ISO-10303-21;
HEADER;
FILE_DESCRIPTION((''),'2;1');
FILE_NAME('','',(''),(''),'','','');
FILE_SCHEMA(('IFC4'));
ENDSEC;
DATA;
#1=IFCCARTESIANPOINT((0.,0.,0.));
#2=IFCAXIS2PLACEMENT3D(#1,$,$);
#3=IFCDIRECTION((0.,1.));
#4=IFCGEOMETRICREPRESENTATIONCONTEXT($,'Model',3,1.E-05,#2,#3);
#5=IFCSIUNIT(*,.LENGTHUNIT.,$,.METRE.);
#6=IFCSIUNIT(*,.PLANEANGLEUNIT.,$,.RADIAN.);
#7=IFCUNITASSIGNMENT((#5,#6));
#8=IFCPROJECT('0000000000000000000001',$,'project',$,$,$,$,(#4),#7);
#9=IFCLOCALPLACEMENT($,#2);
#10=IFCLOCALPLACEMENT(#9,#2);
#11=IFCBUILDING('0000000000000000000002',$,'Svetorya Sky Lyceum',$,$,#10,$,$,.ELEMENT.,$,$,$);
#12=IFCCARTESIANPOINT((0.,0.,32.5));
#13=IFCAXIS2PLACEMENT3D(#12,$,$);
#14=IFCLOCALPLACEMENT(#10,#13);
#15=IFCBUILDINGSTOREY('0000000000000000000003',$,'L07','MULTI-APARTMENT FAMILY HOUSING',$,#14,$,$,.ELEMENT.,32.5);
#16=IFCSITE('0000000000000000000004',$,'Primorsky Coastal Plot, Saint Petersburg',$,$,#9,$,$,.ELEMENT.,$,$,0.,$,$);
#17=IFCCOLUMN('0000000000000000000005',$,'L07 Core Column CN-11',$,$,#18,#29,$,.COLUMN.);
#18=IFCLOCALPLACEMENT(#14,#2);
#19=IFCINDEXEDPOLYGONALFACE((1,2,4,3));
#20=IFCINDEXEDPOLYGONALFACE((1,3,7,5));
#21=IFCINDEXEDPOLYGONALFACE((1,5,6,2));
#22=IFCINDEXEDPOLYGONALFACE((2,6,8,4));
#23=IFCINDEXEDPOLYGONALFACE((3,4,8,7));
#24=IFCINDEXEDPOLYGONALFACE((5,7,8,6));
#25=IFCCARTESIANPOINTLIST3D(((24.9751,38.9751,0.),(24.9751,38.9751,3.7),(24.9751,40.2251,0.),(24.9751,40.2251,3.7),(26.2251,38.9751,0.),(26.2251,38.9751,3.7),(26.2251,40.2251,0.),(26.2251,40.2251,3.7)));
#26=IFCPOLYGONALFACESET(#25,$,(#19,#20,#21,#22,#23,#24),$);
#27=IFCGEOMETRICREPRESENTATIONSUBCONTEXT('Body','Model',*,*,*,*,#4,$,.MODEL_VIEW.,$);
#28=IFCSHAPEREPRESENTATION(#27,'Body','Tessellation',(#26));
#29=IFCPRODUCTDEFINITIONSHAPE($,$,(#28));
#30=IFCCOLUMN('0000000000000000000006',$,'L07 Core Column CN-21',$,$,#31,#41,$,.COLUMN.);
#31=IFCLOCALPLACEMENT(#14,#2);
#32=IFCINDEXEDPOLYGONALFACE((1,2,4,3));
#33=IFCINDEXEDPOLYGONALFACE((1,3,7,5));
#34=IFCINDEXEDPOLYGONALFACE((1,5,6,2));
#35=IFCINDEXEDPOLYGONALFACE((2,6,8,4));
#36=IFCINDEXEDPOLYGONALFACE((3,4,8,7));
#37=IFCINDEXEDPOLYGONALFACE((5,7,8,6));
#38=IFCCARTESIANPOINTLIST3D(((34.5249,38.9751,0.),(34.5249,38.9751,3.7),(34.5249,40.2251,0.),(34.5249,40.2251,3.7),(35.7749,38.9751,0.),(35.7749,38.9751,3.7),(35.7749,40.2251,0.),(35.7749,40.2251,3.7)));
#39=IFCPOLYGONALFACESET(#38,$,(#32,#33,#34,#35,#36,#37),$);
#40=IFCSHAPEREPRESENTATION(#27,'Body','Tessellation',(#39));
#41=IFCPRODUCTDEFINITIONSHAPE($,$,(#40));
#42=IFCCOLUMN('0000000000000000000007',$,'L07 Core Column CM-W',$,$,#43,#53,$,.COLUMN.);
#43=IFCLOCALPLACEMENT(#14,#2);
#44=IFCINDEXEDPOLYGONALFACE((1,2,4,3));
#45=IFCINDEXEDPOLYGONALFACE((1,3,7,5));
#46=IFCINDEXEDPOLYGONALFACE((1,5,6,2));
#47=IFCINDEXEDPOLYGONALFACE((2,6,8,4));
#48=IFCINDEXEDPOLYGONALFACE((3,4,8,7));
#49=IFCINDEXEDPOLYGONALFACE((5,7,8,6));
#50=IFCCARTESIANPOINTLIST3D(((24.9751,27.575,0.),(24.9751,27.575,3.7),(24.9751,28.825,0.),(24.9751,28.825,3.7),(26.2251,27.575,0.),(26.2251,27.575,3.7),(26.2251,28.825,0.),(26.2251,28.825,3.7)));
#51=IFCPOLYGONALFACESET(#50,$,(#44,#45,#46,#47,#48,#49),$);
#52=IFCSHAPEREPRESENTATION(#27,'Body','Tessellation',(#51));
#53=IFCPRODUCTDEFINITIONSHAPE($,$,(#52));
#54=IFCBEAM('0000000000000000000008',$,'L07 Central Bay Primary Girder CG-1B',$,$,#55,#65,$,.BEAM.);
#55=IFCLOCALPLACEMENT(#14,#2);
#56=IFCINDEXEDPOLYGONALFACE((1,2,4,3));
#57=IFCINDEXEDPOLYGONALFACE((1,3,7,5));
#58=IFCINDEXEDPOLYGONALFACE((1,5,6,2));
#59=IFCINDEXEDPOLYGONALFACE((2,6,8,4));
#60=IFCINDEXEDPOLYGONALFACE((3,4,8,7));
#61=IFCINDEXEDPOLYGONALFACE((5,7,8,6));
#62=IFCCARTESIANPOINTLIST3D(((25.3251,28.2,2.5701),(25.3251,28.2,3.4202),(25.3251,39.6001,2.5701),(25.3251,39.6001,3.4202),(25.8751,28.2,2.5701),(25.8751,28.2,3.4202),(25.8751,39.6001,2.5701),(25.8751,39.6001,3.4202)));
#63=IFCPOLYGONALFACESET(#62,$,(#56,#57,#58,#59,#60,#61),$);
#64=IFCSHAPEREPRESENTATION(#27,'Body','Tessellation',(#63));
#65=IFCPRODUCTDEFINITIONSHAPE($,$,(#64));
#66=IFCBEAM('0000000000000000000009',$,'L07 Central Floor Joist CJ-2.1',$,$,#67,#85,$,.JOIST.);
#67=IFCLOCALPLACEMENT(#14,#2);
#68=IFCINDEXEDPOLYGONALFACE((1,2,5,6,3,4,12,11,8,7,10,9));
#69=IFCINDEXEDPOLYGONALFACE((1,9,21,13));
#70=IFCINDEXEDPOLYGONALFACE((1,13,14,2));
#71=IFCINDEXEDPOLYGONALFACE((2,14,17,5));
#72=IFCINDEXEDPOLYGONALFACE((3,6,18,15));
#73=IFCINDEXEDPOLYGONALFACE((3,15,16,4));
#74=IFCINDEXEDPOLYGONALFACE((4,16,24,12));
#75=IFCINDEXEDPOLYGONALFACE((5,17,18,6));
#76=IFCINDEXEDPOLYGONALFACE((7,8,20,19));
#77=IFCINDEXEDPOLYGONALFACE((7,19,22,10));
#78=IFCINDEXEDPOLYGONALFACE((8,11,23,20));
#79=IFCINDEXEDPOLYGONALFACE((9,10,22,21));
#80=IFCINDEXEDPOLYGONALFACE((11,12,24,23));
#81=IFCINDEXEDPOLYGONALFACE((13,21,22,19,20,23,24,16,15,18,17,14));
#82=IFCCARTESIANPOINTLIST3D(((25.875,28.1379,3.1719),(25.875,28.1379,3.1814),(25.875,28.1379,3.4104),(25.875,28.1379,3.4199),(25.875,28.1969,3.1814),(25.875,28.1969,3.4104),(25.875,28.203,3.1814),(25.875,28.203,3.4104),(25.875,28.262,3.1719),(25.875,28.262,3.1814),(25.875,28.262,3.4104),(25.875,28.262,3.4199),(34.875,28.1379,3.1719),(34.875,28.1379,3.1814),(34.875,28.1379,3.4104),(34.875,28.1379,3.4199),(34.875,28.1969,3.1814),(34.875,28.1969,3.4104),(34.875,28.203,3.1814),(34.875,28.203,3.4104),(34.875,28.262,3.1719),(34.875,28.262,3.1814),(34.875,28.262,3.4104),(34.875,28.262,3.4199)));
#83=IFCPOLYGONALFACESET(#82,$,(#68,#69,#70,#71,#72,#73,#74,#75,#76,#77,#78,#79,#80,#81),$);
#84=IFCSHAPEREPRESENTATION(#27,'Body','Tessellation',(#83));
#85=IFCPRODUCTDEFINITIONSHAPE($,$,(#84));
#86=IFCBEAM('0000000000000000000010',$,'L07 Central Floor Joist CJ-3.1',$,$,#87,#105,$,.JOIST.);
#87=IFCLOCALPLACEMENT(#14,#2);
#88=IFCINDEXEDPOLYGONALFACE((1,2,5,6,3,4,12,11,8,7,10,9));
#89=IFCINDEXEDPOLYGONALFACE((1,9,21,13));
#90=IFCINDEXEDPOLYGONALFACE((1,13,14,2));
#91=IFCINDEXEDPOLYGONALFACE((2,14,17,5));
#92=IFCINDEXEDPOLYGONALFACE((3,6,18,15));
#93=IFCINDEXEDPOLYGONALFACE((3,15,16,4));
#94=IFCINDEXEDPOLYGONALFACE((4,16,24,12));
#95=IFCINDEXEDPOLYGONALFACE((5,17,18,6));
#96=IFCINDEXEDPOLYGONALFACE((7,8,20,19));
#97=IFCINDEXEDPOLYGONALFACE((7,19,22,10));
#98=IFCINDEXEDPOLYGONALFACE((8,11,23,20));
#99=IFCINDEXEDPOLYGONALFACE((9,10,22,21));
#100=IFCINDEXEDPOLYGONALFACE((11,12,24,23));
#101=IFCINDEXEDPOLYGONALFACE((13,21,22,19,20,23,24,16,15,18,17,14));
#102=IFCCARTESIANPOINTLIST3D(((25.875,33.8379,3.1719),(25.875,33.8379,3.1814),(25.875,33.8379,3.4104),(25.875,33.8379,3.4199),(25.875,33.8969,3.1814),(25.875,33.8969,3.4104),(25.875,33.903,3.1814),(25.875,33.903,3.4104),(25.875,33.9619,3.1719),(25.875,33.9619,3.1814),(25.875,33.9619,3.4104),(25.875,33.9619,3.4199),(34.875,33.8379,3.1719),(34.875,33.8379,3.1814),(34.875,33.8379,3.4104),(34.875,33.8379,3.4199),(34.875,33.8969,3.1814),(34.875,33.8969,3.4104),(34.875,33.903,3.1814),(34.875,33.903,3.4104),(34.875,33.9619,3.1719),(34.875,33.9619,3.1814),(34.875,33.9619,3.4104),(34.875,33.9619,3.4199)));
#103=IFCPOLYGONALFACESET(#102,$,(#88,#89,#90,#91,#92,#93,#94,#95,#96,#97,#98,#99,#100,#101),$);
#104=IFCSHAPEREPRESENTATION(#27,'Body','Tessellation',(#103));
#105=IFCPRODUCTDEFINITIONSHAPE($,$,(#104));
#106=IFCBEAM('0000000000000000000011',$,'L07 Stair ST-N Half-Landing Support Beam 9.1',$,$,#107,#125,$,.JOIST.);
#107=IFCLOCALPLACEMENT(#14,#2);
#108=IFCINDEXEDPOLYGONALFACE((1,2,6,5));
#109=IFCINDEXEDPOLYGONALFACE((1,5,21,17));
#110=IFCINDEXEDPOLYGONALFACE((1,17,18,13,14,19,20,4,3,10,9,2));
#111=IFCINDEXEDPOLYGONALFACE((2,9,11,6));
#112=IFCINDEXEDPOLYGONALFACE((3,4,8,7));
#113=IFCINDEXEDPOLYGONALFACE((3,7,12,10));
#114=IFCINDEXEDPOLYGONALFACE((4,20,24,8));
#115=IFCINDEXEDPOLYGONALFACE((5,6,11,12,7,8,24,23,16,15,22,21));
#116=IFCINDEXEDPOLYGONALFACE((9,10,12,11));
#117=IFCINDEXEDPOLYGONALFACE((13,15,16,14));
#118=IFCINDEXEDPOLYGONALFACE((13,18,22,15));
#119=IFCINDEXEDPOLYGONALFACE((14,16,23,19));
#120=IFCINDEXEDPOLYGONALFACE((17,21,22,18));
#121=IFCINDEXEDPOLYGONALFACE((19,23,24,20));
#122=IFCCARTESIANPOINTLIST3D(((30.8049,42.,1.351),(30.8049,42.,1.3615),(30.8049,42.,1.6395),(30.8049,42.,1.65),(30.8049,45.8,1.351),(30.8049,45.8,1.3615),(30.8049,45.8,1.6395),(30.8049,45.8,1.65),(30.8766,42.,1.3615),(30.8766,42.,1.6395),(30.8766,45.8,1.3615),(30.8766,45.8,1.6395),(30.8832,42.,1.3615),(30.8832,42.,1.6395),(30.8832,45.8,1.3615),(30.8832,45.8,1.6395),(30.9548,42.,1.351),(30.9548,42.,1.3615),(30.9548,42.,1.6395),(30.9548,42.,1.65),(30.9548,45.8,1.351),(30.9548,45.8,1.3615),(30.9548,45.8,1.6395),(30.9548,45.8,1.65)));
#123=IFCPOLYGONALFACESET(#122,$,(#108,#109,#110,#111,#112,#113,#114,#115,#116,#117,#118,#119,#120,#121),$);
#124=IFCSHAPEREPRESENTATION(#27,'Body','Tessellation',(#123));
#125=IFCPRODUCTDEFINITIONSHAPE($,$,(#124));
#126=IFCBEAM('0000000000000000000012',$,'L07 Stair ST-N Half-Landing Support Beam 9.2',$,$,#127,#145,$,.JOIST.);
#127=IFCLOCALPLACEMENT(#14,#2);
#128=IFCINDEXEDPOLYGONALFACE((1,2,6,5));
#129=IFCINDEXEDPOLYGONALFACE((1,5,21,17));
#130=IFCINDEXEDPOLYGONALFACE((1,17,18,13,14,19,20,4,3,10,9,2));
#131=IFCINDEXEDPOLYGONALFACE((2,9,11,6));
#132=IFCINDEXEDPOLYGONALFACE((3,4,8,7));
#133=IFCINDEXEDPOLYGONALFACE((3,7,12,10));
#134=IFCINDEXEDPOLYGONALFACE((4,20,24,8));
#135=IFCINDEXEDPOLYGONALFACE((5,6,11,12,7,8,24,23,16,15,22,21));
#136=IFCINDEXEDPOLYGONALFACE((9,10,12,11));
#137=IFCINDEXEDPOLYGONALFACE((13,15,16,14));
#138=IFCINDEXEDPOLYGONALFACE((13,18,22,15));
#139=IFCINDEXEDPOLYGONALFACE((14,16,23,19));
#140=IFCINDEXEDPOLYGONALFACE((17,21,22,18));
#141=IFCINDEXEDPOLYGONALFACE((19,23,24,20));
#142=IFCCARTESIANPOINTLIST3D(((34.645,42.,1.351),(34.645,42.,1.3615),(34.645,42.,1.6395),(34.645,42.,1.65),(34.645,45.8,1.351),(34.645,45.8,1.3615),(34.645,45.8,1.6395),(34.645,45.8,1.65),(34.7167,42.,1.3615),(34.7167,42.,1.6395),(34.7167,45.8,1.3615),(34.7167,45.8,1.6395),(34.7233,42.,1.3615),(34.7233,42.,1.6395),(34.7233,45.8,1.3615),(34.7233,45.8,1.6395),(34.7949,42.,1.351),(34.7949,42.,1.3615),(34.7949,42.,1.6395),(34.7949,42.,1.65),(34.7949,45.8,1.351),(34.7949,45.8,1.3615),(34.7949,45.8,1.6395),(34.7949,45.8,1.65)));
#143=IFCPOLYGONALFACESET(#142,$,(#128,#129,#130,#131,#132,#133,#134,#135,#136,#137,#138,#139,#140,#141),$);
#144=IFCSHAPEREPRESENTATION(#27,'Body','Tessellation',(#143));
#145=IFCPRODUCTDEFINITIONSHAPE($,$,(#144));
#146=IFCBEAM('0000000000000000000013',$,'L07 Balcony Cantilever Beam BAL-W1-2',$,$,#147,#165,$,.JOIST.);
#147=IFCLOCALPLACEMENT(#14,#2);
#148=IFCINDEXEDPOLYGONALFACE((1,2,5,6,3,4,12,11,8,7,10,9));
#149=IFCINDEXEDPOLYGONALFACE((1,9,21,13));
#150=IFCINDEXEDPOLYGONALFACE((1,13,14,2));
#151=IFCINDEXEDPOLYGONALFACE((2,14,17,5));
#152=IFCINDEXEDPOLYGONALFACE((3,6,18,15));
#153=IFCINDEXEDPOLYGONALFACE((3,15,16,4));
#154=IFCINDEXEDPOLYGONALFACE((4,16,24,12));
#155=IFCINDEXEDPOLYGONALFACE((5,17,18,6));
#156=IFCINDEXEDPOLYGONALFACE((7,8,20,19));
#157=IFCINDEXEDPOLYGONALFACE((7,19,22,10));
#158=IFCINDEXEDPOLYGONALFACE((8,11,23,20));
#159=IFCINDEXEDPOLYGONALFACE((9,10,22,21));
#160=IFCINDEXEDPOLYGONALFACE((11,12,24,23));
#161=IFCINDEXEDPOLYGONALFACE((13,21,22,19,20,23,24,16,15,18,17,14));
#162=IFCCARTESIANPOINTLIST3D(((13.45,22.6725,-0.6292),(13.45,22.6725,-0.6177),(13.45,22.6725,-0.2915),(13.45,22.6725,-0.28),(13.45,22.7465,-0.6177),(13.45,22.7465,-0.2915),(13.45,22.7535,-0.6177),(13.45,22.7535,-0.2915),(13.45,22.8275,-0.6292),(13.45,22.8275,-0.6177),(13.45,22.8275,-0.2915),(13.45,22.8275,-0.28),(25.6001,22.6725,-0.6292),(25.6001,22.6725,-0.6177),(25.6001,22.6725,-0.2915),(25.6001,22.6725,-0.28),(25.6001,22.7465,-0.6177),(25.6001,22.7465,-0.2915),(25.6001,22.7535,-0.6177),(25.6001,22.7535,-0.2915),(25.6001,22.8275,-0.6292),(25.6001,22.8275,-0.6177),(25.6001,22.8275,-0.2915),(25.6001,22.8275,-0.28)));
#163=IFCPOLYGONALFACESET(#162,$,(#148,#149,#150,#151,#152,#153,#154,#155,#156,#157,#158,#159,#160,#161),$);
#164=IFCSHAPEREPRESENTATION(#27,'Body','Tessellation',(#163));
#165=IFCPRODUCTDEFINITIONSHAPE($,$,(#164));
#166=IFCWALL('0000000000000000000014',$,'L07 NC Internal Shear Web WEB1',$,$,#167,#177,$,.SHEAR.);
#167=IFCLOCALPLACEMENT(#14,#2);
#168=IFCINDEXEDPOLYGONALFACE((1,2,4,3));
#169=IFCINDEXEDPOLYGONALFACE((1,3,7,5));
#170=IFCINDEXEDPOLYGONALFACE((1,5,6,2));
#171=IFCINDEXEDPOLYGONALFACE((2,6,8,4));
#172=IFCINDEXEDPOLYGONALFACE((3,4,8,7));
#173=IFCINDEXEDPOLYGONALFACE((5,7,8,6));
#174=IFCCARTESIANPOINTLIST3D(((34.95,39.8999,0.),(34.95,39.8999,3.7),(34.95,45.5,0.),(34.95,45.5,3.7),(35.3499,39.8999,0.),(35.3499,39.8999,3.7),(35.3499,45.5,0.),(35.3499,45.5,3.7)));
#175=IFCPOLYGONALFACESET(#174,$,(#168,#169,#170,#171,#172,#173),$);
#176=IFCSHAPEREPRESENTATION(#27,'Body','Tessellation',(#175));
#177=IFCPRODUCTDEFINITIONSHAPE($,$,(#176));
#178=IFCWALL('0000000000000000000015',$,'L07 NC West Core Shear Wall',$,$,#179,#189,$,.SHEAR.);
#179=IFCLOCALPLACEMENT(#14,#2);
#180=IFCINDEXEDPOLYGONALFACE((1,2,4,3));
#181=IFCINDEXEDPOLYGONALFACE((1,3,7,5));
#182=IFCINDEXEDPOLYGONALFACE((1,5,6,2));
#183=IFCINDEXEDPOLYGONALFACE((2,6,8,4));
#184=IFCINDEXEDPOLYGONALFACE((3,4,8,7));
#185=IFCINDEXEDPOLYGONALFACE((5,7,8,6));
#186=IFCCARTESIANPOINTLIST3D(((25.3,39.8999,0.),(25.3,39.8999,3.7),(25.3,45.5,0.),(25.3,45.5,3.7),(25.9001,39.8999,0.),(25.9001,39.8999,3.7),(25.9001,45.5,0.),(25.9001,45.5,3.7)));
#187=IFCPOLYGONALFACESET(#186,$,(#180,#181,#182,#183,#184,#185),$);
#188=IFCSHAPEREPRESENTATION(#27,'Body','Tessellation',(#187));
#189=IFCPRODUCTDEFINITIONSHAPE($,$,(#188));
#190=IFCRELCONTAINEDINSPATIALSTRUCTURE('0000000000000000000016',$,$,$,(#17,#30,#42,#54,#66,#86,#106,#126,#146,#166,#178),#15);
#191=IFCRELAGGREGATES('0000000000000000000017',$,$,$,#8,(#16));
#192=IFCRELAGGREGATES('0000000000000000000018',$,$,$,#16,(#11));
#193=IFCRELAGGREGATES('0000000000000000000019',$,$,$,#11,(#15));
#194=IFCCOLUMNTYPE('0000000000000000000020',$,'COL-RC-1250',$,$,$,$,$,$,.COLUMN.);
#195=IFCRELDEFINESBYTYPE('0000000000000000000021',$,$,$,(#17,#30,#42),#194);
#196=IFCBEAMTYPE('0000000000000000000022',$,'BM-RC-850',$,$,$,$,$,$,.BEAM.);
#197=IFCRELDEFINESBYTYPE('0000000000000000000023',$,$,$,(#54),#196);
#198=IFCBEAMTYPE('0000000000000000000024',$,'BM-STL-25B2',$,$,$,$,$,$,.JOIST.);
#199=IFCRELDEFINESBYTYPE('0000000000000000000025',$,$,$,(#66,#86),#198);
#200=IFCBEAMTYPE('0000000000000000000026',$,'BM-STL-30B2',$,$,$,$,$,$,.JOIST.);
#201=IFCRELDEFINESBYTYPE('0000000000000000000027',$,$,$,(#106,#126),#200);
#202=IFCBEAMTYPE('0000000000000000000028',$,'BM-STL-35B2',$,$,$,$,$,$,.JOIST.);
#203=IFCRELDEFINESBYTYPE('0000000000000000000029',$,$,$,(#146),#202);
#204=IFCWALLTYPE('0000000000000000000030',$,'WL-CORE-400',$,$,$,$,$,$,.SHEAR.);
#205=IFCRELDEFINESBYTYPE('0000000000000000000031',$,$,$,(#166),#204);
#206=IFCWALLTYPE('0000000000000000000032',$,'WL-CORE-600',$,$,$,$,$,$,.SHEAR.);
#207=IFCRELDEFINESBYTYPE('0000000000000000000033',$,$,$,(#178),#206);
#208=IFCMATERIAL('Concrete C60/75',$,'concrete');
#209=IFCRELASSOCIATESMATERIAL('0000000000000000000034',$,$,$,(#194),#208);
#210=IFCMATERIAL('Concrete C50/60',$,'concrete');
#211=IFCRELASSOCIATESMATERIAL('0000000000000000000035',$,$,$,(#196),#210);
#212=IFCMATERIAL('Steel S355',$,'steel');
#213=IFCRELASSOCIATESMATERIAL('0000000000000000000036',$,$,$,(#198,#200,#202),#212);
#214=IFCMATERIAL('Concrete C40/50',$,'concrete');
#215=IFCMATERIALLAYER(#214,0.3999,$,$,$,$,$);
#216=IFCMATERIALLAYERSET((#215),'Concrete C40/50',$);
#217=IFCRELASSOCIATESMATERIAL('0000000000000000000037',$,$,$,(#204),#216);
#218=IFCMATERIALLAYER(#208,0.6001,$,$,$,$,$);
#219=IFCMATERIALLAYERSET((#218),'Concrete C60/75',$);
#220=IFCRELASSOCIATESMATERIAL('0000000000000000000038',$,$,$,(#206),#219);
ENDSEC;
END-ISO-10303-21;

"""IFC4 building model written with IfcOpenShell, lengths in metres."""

from ifc_helpers import new_model, si_unit, direction, frame, frame_2d, origin, origin_2d, place, context, subcontext, project, spatial, rectangle, i_section, extrude, material, layer, layer_set, material_profile, profile_set, type_object, element, save


model = new_model("IFC4")

# Units and contexts
model_context = context("Model", 3, precision=1e-05, world=origin(), true_north=direction((0.0, 1.0)))
body_context = subcontext(model_context, "Body", "Model", "MODEL_VIEW")
ifc_project = project(units=[si_unit("LENGTHUNIT", "METRE"), si_unit("PLANEANGLEUNIT", "RADIAN")], contexts=[model_context])

# Site, building, storey
site_placement = place(None, origin())
site = spatial("IfcSite", under=ifc_project, at=site_placement, Name="Primorsky Coastal Plot, Saint Petersburg", CompositionType="ELEMENT", RefElevation=0.0)
building_placement = place(site_placement, origin())
building = spatial("IfcBuilding", under=site, at=building_placement, Name="Svetorya Sky Lyceum", CompositionType="ELEMENT")
storey_placement = place(building_placement, frame((0.0, 0.0, 32.5)))
storey = spatial("IfcBuildingStorey", under=building, at=storey_placement, Name="L07", Description="MULTI-APARTMENT FAMILY HOUSING", CompositionType="ELEMENT", Elevation=32.5)

# Columns
ifc_material_1 = material(Name="Concrete C60/75", Category="concrete")
ifc_material_profile_1 = material_profile(ifc_material_1, rectangle(XDim=1.25, YDim=1.25, at=origin_2d()), Name="RC COL 1250x1250")
ifc_profile_set_1 = profile_set([ifc_material_profile_1], Name="Concrete C60/75")
column_type = type_object("IfcColumnType", Name="COL-RC-1250", PredefinedType="COLUMN", material=ifc_profile_set_1)
for number, where, z_axis, x_axis, name in (
    (1, (25.6001, 39.6001, 0.0), (0.0, 0.0, 1.0), (1.0, 0.0, 0.0), "L07 Core Column CN-11"),
    (2, (35.1499, 39.6001, 0.0), (0.0, 0.0, 1.0), (1.0, 0.0, 0.0), "L07 Core Column CN-21"),
    (3, (25.6001, 28.2, 0.0), (0.0, 0.0, 1.0), (1.0, 0.0, 0.0), "L07 Core Column CM-W"),
):
    element("IfcColumn", number, at=place(storey_placement, frame(where, z_axis=z_axis, x_axis=x_axis)), inside=storey, type_object=column_type, Name=name, PredefinedType="COLUMN", context=body_context, shape_type="SweptSolid", body=[
        extrude(rectangle(XDim=1.25, YDim=1.25, at=origin_2d()), origin(), (0.0, 0.0, 1.0), 3.7),
    ])

# Beams
ifc_material_2 = material(Name="Concrete C50/60", Category="concrete")
ifc_material_profile_2 = material_profile(ifc_material_2, rectangle(XDim=0.55, YDim=0.8501, at=origin_2d()), Name="RC BEAM 550x850")
ifc_profile_set_2 = profile_set([ifc_material_profile_2], Name="Concrete C50/60")
beam_type_1 = type_object("IfcBeamType", Name="BM-RC-850", PredefinedType="BEAM", material=ifc_profile_set_2)
beam_1_placement = place(storey_placement, frame((25.6001, 28.2, 2.9951), z_axis=(0.0, 1.0, 0.0), x_axis=(-1.0, 0.0, 0.0)))
element("IfcBeam", 4, at=beam_1_placement, inside=storey, type_object=beam_type_1, Name="L07 Central Bay Primary Girder CG-1B", PredefinedType="BEAM", context=body_context, shape_type="SweptSolid", body=[
    extrude(rectangle(XDim=0.55, YDim=0.8501, at=origin_2d()), origin(), (0.0, 0.0, 1.0), 11.4001),
])
ifc_material_3 = material(Name="Steel S355", Category="steel")
ifc_material_profile_3 = material_profile(ifc_material_3, i_section(OverallWidth=0.124, OverallDepth=0.248, WebThickness=0.0061, FlangeThickness=0.0095, at=origin_2d()), Name="GOST 25B2")
ifc_profile_set_3 = profile_set([ifc_material_profile_3], Name="Steel S355")
beam_type_2 = type_object("IfcBeamType", Name="BM-STL-25B2", PredefinedType="JOIST", material=ifc_profile_set_3)
for number, where, z_axis, x_axis, name in (
    (5, (25.875, 28.2, 3.2959), (1.0, 0.0, 0.0), (0.0, 1.0, 0.0), "L07 Central Floor Joist CJ-2.1"),
    (6, (25.875, 33.8999, 3.2959), (1.0, 0.0, 0.0), (0.0, 1.0, 0.0), "L07 Central Floor Joist CJ-3.1"),
):
    element("IfcBeam", number, at=place(storey_placement, frame(where, z_axis=z_axis, x_axis=x_axis)), inside=storey, type_object=beam_type_2, Name=name, PredefinedType="JOIST", context=body_context, shape_type="SweptSolid", body=[
        extrude(i_section(OverallWidth=0.124, OverallDepth=0.248, WebThickness=0.0061, FlangeThickness=0.0095, at=origin_2d()), origin(), (0.0, 0.0, 1.0), 9.0),
    ])
ifc_material_profile_4 = material_profile(ifc_material_3, i_section(OverallWidth=0.1499, OverallDepth=0.2991, WebThickness=0.0066, FlangeThickness=0.0105, at=origin_2d()), Name="GOST 30B2")
ifc_profile_set_4 = profile_set([ifc_material_profile_4], Name="Steel S355")
beam_type_3 = type_object("IfcBeamType", Name="BM-STL-30B2", PredefinedType="JOIST", material=ifc_profile_set_4)
for number, where, z_axis, x_axis, name in (
    (7, (30.8799, 42.0, 1.5005), (0.0, 1.0, 0.0), (-1.0, 0.0, 0.0), "L07 Stair ST-N Half-Landing Support Beam 9.1"),
    (8, (34.72, 42.0, 1.5005), (0.0, 1.0, 0.0), (-1.0, 0.0, 0.0), "L07 Stair ST-N Half-Landing Support Beam 9.2"),
):
    element("IfcBeam", number, at=place(storey_placement, frame(where, z_axis=z_axis, x_axis=x_axis)), inside=storey, type_object=beam_type_3, Name=name, PredefinedType="JOIST", context=body_context, shape_type="SweptSolid", body=[
        extrude(i_section(OverallWidth=0.1499, OverallDepth=0.2991, WebThickness=0.0066, FlangeThickness=0.0105, at=origin_2d()), origin(), (0.0, 0.0, 1.0), 3.8),
    ])
ifc_material_profile_5 = material_profile(ifc_material_3, i_section(OverallWidth=0.155, OverallDepth=0.3491, WebThickness=0.0071, FlangeThickness=0.0115, at=origin_2d()), Name="GOST 35B2")
ifc_profile_set_5 = profile_set([ifc_material_profile_5], Name="Steel S355")
beam_type_4 = type_object("IfcBeamType", Name="BM-STL-35B2", PredefinedType="JOIST", material=ifc_profile_set_5)
beam_2_placement = place(storey_placement, frame((25.6001, 22.75, -0.4546), z_axis=(-1.0, 0.0, 0.0), x_axis=(0.0, -1.0, 0.0)))
element("IfcBeam", 9, at=beam_2_placement, inside=storey, type_object=beam_type_4, Name="L07 Balcony Cantilever Beam BAL-W1-2", PredefinedType="JOIST", context=body_context, shape_type="SweptSolid", body=[
    extrude(i_section(OverallWidth=0.155, OverallDepth=0.3491, WebThickness=0.0071, FlangeThickness=0.0115, at=origin_2d()), origin(), (0.0, 0.0, 1.0), 12.1501),
])

# Walls
ifc_material_4 = material(Name="Concrete C40/50", Category="concrete")
ifc_layer_1 = layer(ifc_material_4, 0.3999)
ifc_layer_set_1 = layer_set([ifc_layer_1], Name="Concrete C40/50")
wall_type_1 = type_object("IfcWallType", Name="WL-CORE-400", PredefinedType="SHEAR", material=ifc_layer_set_1)
wall_1_placement = place(storey_placement, frame((35.1499, 39.8999, 0.0), z_axis=(0.0, 0.0, 1.0), x_axis=(0.0, 1.0, 0.0)))
element("IfcWall", 10, at=wall_1_placement, inside=storey, type_object=wall_type_1, Name="L07 NC Internal Shear Web WEB1", PredefinedType="SHEAR", context=body_context, shape_type="SweptSolid", body=[
    extrude(rectangle(XDim=5.6001, YDim=0.3999, at=frame_2d((2.8, 0.0))), origin(), (0.0, 0.0, 1.0), 3.7),
])
ifc_layer_2 = layer(ifc_material_1, 0.6001)
ifc_layer_set_2 = layer_set([ifc_layer_2], Name="Concrete C60/75")
wall_type_2 = type_object("IfcWallType", Name="WL-CORE-600", PredefinedType="SHEAR", material=ifc_layer_set_2)
wall_2_placement = place(storey_placement, frame((25.6001, 39.8999, 0.0), z_axis=(0.0, 0.0, 1.0), x_axis=(0.0, 1.0, 0.0)))
element("IfcWall", 11, at=wall_2_placement, inside=storey, type_object=wall_type_2, Name="L07 NC West Core Shear Wall", PredefinedType="SHEAR", context=body_context, shape_type="SweptSolid", body=[
    extrude(rectangle(XDim=5.6001, YDim=0.6001, at=frame_2d((2.8, 0.0))), origin(), (0.0, 0.0, 1.0), 3.7),
])

save(model, "model.ifc")
